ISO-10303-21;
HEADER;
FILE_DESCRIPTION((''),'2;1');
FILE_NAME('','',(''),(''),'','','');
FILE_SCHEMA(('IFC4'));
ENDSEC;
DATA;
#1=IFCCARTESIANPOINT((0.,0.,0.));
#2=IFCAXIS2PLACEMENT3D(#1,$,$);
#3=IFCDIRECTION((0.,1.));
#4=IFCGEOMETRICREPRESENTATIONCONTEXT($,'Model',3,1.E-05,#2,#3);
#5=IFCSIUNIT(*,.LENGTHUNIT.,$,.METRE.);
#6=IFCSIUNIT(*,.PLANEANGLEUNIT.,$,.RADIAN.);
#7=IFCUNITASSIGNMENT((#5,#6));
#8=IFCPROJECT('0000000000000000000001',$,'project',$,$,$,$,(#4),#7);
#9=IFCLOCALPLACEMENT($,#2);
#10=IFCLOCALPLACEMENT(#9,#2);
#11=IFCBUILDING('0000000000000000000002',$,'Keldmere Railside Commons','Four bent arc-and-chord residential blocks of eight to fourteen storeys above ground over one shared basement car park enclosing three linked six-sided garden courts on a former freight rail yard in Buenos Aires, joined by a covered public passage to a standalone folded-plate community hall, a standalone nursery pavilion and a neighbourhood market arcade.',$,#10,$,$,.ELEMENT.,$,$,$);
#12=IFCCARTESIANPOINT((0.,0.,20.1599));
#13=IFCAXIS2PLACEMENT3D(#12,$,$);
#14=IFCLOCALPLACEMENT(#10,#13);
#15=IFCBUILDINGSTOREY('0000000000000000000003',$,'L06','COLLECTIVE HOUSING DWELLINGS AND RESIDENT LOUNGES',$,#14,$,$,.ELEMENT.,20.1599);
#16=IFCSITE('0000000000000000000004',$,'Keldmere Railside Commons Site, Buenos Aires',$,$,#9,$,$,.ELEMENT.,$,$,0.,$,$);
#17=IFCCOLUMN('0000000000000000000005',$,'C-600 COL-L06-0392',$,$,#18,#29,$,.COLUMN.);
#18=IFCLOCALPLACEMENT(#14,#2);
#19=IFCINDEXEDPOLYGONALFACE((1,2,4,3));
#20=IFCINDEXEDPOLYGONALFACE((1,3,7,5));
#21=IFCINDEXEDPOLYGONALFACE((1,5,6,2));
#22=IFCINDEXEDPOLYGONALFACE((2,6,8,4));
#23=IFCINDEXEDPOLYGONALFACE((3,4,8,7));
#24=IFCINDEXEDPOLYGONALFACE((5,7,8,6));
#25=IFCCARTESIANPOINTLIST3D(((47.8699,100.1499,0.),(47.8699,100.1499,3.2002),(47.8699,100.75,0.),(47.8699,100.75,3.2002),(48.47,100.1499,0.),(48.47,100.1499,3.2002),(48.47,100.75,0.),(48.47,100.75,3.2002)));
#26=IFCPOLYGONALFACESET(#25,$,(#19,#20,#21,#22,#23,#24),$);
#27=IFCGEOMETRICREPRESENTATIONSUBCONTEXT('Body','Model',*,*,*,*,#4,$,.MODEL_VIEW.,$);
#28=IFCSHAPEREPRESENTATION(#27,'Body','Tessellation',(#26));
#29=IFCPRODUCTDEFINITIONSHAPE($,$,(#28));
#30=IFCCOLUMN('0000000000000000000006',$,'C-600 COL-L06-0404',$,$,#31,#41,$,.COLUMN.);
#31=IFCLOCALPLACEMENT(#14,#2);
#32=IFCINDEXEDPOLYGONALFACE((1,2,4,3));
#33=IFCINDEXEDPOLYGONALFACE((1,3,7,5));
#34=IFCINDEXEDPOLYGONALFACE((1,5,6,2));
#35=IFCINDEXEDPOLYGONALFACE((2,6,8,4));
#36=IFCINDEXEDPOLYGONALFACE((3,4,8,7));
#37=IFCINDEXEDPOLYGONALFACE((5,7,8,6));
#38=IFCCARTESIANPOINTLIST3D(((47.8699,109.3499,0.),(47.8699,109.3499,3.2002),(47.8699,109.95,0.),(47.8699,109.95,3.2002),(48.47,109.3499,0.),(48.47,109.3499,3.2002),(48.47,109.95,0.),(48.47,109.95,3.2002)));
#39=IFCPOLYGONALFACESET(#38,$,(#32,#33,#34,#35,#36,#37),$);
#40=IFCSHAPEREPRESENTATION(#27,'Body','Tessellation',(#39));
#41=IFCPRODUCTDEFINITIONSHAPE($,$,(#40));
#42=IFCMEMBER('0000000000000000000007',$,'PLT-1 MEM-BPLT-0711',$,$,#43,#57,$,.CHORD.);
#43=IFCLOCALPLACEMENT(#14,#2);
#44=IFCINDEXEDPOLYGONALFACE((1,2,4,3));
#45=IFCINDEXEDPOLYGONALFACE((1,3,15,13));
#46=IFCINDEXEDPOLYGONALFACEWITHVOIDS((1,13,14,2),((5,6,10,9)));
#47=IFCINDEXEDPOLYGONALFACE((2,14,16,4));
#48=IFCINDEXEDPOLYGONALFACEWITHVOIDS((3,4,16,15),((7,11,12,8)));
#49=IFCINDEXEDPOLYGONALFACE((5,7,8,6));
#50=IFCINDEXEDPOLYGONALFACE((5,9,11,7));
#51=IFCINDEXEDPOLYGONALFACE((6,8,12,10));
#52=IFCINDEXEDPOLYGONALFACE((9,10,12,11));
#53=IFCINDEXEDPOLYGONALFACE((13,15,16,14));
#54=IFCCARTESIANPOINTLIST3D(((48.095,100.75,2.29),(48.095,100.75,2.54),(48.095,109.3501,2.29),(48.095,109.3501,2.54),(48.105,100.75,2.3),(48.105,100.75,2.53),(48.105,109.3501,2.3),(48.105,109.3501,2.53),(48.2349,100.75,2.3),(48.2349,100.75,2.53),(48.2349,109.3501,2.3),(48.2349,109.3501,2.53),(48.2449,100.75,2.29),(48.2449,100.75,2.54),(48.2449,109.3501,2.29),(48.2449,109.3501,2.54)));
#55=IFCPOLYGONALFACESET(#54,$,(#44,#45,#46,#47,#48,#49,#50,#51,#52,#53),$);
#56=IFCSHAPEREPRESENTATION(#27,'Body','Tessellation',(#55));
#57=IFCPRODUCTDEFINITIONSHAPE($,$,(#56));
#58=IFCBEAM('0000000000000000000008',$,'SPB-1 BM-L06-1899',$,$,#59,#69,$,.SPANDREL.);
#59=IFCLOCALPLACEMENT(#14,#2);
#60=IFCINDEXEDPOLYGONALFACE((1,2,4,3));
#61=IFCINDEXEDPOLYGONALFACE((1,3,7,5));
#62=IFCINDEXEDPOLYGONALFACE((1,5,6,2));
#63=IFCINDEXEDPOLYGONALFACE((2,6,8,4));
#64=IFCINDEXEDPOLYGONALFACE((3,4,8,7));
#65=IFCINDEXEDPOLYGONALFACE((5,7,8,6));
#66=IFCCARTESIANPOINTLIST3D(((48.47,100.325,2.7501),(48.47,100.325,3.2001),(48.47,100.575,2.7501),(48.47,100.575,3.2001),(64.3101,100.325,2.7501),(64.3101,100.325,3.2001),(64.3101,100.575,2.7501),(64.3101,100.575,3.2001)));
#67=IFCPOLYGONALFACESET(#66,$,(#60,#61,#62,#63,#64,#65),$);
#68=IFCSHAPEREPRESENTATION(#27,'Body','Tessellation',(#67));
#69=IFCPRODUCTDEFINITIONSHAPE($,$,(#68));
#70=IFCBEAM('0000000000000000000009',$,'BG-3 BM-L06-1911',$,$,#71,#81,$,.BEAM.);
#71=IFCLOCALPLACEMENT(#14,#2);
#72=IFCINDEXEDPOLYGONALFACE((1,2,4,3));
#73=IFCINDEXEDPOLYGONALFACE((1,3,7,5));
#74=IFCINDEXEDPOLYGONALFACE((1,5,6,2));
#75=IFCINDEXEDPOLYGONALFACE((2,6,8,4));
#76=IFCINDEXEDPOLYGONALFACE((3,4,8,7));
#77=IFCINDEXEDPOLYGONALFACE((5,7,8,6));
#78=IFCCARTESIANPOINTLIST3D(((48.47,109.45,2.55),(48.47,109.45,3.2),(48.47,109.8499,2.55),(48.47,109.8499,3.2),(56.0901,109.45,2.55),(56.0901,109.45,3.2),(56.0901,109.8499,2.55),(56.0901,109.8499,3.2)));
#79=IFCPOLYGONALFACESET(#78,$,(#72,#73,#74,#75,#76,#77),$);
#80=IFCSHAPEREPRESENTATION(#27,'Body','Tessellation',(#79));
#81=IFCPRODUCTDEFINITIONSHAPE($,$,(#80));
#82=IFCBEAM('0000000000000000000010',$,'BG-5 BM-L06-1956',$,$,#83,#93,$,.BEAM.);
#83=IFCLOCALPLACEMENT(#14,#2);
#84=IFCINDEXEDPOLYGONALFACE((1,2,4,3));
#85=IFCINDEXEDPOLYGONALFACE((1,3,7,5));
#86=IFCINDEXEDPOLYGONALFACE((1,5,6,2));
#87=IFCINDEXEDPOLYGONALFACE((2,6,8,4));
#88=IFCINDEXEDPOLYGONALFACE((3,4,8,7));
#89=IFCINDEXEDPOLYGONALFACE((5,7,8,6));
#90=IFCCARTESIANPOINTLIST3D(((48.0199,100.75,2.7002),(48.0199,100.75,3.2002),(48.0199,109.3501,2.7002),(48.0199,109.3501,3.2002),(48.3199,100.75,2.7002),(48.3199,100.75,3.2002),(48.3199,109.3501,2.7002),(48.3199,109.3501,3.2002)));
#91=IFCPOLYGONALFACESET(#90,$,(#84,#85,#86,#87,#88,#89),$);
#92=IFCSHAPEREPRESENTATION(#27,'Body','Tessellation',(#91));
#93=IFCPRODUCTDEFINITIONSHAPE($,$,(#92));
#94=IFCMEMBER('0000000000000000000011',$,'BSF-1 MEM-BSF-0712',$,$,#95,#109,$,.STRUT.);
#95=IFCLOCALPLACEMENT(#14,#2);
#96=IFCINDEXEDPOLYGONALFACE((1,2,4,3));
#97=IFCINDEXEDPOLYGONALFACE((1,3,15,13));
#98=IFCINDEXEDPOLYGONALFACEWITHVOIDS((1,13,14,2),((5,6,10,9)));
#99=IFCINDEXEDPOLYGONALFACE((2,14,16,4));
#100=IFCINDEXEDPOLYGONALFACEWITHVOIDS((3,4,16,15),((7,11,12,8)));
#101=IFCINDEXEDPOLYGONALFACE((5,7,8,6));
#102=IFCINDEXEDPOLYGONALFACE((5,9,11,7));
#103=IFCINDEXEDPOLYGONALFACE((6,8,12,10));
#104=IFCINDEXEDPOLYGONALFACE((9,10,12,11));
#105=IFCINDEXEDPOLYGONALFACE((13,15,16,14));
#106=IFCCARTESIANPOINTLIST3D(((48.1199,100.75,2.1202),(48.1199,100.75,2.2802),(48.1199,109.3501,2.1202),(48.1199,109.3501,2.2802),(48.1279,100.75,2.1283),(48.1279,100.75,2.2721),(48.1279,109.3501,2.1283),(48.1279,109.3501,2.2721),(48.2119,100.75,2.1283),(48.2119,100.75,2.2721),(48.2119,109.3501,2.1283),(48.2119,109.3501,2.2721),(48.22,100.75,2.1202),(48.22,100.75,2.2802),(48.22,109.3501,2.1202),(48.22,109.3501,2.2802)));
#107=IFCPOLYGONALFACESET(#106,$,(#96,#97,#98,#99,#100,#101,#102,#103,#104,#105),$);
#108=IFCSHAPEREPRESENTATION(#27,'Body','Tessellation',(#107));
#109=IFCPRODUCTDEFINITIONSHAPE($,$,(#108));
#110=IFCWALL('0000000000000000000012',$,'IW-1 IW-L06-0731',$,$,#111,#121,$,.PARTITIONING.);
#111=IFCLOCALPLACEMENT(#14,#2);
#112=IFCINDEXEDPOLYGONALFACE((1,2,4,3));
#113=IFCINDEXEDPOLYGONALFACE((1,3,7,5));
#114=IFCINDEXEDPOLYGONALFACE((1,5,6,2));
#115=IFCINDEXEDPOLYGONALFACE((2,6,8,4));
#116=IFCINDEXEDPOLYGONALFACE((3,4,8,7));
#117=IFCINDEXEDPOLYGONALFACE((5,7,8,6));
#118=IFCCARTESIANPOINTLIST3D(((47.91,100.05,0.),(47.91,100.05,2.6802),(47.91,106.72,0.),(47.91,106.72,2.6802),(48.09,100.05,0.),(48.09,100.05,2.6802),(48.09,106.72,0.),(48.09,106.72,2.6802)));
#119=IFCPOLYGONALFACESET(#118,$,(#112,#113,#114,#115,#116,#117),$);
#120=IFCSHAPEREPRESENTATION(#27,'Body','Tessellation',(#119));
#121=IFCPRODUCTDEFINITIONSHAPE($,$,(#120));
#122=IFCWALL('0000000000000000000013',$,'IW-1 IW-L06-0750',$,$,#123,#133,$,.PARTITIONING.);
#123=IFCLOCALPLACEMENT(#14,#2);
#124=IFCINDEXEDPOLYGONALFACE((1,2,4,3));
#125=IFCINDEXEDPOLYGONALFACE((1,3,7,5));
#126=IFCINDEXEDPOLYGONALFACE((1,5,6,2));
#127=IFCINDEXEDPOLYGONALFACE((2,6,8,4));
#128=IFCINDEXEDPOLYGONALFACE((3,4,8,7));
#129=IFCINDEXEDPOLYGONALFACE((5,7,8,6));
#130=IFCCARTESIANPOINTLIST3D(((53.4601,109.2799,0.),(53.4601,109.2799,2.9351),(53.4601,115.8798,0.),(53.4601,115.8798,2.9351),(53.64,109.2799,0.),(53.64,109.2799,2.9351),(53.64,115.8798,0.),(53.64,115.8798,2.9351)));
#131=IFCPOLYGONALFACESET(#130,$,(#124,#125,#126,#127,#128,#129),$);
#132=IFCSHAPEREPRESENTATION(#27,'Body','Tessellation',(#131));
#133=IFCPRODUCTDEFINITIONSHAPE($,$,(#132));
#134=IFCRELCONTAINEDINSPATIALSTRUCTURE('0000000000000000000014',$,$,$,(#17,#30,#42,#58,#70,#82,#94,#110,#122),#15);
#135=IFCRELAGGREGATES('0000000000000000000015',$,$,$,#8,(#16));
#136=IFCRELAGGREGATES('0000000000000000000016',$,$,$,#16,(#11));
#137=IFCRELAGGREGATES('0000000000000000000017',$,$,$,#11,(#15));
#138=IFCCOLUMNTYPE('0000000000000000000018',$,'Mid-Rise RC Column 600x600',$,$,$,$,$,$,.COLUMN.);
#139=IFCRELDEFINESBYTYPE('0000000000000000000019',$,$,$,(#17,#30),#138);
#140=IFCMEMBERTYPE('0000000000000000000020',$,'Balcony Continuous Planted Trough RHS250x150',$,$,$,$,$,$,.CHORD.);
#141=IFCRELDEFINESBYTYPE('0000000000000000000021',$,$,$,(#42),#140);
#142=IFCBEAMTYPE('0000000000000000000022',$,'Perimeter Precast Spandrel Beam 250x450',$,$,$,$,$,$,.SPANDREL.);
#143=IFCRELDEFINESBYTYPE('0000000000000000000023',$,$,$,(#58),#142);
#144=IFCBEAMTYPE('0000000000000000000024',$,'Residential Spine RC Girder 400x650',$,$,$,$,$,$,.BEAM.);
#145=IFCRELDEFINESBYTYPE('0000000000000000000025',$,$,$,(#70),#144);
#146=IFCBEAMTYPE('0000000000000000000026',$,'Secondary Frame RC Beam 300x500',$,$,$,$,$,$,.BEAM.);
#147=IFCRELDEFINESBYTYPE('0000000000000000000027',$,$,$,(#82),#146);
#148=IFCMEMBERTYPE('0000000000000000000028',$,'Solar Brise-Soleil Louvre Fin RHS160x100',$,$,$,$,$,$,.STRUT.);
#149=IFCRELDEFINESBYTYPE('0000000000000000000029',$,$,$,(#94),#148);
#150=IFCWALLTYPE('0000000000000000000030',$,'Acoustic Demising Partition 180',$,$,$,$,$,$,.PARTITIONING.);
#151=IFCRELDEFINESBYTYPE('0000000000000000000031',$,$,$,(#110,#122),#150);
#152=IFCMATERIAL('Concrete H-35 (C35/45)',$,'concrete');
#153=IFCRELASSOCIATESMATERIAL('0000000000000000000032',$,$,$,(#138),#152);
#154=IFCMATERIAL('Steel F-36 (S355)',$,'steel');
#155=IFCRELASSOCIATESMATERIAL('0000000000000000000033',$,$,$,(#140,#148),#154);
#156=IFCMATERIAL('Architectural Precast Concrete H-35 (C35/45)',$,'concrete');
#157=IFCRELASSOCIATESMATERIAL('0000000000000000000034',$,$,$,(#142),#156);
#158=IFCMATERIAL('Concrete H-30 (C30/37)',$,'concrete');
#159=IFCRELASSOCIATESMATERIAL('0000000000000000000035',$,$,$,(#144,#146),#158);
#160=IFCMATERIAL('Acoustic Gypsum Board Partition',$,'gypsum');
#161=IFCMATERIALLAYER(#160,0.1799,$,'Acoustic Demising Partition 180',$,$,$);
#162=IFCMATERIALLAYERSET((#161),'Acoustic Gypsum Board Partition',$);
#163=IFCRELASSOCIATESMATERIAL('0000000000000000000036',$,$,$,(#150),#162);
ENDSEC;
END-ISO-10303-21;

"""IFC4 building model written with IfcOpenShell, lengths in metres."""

from ifc_helpers import new_model, si_unit, direction, frame, frame_2d, origin, origin_2d, place, context, subcontext, project, spatial, rectangle, hollow_rectangle, extrude, material, layer, layer_set, material_profile, profile_set, type_object, element, save


model = new_model("IFC4")

# Units and contexts
model_context = context("Model", 3, precision=1e-05, world=origin(), true_north=direction((0.0, 1.0)))
body_context = subcontext(model_context, "Body", "Model", "MODEL_VIEW")
ifc_project = project(units=[si_unit("LENGTHUNIT", "METRE"), si_unit("PLANEANGLEUNIT", "RADIAN")], contexts=[model_context])

# Site, building, storey
site_placement = place(None, origin())
site = spatial("IfcSite", under=ifc_project, at=site_placement, Name="Keldmere Railside Commons Site, Buenos Aires", CompositionType="ELEMENT", RefElevation=0.0)
building_placement = place(site_placement, origin())
building = spatial("IfcBuilding", under=site, at=building_placement, Name="Keldmere Railside Commons", Description="Four bent arc-and-chord residential blocks of eight to fourteen storeys above ground over one shared basement car park enclosing three linked six-sided garden courts on a former freight rail yard in Buenos Aires, joined by a covered public passage to a standalone folded-plate community hall, a standalone nursery pavilion and a neighbourhood market arcade.", CompositionType="ELEMENT")
storey_placement = place(building_placement, frame((0.0, 0.0, 20.1599)))
storey = spatial("IfcBuildingStorey", under=building, at=storey_placement, Name="L06", Description="COLLECTIVE HOUSING DWELLINGS AND RESIDENT LOUNGES", CompositionType="ELEMENT", Elevation=20.1599)

# Columns
ifc_material_1 = material(Name="Concrete H-35 (C35/45)", Category="concrete")
ifc_material_profile_1 = material_profile(ifc_material_1, rectangle(XDim=0.6001, YDim=0.6001, at=origin_2d()), Name="RC-600x600")
ifc_profile_set_1 = profile_set([ifc_material_profile_1], Name="Concrete H-35 (C35/45)")
column_type = type_object("IfcColumnType", Name="Mid-Rise RC Column 600x600", PredefinedType="COLUMN", material=ifc_profile_set_1)
for number, where, z_axis, x_axis, name in (
    (1, (48.1699, 100.45, 0.0), (0.0, 0.0, 1.0), (1.0, 0.0, 0.0), "C-600 COL-L06-0392"),
    (2, (48.1699, 109.6499, 0.0), (0.0, 0.0, 1.0), (1.0, 0.0, 0.0), "C-600 COL-L06-0404"),
):
    element("IfcColumn", number, at=place(storey_placement, frame(where, z_axis=z_axis, x_axis=x_axis)), inside=storey, type_object=column_type, Name=name, PredefinedType="COLUMN", context=body_context, shape_type="SweptSolid", body=[
        extrude(rectangle(XDim=0.6001, YDim=0.6001, at=origin_2d()), origin(), (0.0, 0.0, 1.0), 3.2002),
    ])

# Member
ifc_material_2 = material(Name="Steel F-36 (S355)", Category="steel")
ifc_material_profile_2 = material_profile(ifc_material_2, hollow_rectangle(XDim=0.1499, YDim=0.25, WallThickness=0.01, at=origin_2d()), Name="RHS-250x150x10")
ifc_profile_set_2 = profile_set([ifc_material_profile_2], Name="Steel F-36 (S355)")
member_type_1 = type_object("IfcMemberType", Name="Balcony Continuous Planted Trough RHS250x150", PredefinedType="CHORD", material=ifc_profile_set_2)
member_1_placement = place(storey_placement, frame((48.1699, 100.75, 2.415), z_axis=(0.0, 1.0, 0.0), x_axis=(-1.0, 0.0, 0.0)))
element("IfcMember", 3, at=member_1_placement, inside=storey, type_object=member_type_1, Name="PLT-1 MEM-BPLT-0711", PredefinedType="CHORD", context=body_context, shape_type="SweptSolid", body=[
    extrude(hollow_rectangle(XDim=0.1499, YDim=0.25, WallThickness=0.01, at=origin_2d()), origin(), (0.0, 0.0, 1.0), 8.6001),
])

# Beams
ifc_material_3 = material(Name="Architectural Precast Concrete H-35 (C35/45)", Category="concrete")
ifc_material_profile_3 = material_profile(ifc_material_3, rectangle(XDim=0.25, YDim=0.45, at=origin_2d()), Name="RC-250x450")
ifc_profile_set_3 = profile_set([ifc_material_profile_3], Name="Architectural Precast Concrete H-35 (C35/45)")
beam_type_1 = type_object("IfcBeamType", Name="Perimeter Precast Spandrel Beam 250x450", PredefinedType="SPANDREL", material=ifc_profile_set_3)
beam_1_placement = place(storey_placement, frame((48.47, 100.45, 2.9751), z_axis=(1.0, 0.0, 0.0), x_axis=(0.0, 1.0, 0.0)))
element("IfcBeam", 4, at=beam_1_placement, inside=storey, type_object=beam_type_1, Name="SPB-1 BM-L06-1899", PredefinedType="SPANDREL", context=body_context, shape_type="SweptSolid", body=[
    extrude(rectangle(XDim=0.25, YDim=0.45, at=origin_2d()), origin(), (0.0, 0.0, 1.0), 15.8401),
])
ifc_material_4 = material(Name="Concrete H-30 (C30/37)", Category="concrete")
ifc_material_profile_4 = material_profile(ifc_material_4, rectangle(XDim=0.3999, YDim=0.6499, at=origin_2d()), Name="RC-400x650")
ifc_profile_set_4 = profile_set([ifc_material_profile_4], Name="Concrete H-30 (C30/37)")
beam_type_2 = type_object("IfcBeamType", Name="Residential Spine RC Girder 400x650", PredefinedType="BEAM", material=ifc_profile_set_4)
beam_2_placement = place(storey_placement, frame((48.47, 109.6499, 2.875), z_axis=(1.0, 0.0, 0.0), x_axis=(0.0, 1.0, 0.0)))
element("IfcBeam", 5, at=beam_2_placement, inside=storey, type_object=beam_type_2, Name="BG-3 BM-L06-1911", PredefinedType="BEAM", context=body_context, shape_type="SweptSolid", body=[
    extrude(rectangle(XDim=0.3999, YDim=0.6499, at=origin_2d()), origin(), (0.0, 0.0, 1.0), 7.6201),
])
ifc_material_profile_5 = material_profile(ifc_material_4, rectangle(XDim=0.3, YDim=0.5, at=origin_2d()), Name="RC-300x500")
ifc_profile_set_5 = profile_set([ifc_material_profile_5], Name="Concrete H-30 (C30/37)")
beam_type_3 = type_object("IfcBeamType", Name="Secondary Frame RC Beam 300x500", PredefinedType="BEAM", material=ifc_profile_set_5)
beam_3_placement = place(storey_placement, frame((48.1699, 100.75, 2.9502), z_axis=(0.0, 1.0, 0.0), x_axis=(-1.0, 0.0, 0.0)))
element("IfcBeam", 6, at=beam_3_placement, inside=storey, type_object=beam_type_3, Name="BG-5 BM-L06-1956", PredefinedType="BEAM", context=body_context, shape_type="SweptSolid", body=[
    extrude(rectangle(XDim=0.3, YDim=0.5, at=origin_2d()), origin(), (0.0, 0.0, 1.0), 8.6001),
])

# Member
ifc_material_profile_6 = material_profile(ifc_material_2, hollow_rectangle(XDim=0.1001, YDim=0.1599, WallThickness=0.0081, at=origin_2d()), Name="RHS-160x100x8")
ifc_profile_set_6 = profile_set([ifc_material_profile_6], Name="Steel F-36 (S355)")
member_type_2 = type_object("IfcMemberType", Name="Solar Brise-Soleil Louvre Fin RHS160x100", PredefinedType="STRUT", material=ifc_profile_set_6)
member_2_placement = place(storey_placement, frame((48.1699, 100.75, 2.2002), z_axis=(0.0, 1.0, 0.0), x_axis=(-1.0, 0.0, 0.0)))
element("IfcMember", 7, at=member_2_placement, inside=storey, type_object=member_type_2, Name="BSF-1 MEM-BSF-0712", PredefinedType="STRUT", context=body_context, shape_type="SweptSolid", body=[
    extrude(hollow_rectangle(XDim=0.1001, YDim=0.1599, WallThickness=0.0081, at=origin_2d()), origin(), (0.0, 0.0, 1.0), 8.6001),
])

# Walls
ifc_material_5 = material(Name="Acoustic Gypsum Board Partition", Category="gypsum")
ifc_layer_1 = layer(ifc_material_5, 0.1799, Name="Acoustic Demising Partition 180")
ifc_layer_set_1 = layer_set([ifc_layer_1], Name="Acoustic Gypsum Board Partition")
wall_type_1 = type_object("IfcWallType", Name="Acoustic Demising Partition 180", PredefinedType="PARTITIONING", material=ifc_layer_set_1)
wall_1_placement = place(storey_placement, frame((48.0, 100.05, 0.0), z_axis=(0.0, 0.0, 1.0), x_axis=(0.0, 1.0, 0.0)))
element("IfcWall", 8, at=wall_1_placement, inside=storey, type_object=wall_type_1, Name="IW-1 IW-L06-0731", PredefinedType="PARTITIONING", context=body_context, shape_type="SweptSolid", body=[
    extrude(rectangle(XDim=6.6699, YDim=0.1799, at=frame_2d((3.335, 0.0))), origin(), (0.0, 0.0, 1.0), 2.6802),
])
wall_2_placement = place(storey_placement, frame((53.55, 109.28, 0.0), z_axis=(0.0, 0.0, 1.0), x_axis=(0.0, 1.0, 0.0)))
element("IfcWall", 9, at=wall_2_placement, inside=storey, type_object=wall_type_1, Name="IW-1 IW-L06-0750", PredefinedType="PARTITIONING", context=body_context, shape_type="SweptSolid", body=[
    extrude(rectangle(XDim=6.5999, YDim=0.1799, at=frame_2d((3.2998, 0.0))), origin(), (0.0, 0.0, 1.0), 2.9351),
])

save(model, "model.ifc")
